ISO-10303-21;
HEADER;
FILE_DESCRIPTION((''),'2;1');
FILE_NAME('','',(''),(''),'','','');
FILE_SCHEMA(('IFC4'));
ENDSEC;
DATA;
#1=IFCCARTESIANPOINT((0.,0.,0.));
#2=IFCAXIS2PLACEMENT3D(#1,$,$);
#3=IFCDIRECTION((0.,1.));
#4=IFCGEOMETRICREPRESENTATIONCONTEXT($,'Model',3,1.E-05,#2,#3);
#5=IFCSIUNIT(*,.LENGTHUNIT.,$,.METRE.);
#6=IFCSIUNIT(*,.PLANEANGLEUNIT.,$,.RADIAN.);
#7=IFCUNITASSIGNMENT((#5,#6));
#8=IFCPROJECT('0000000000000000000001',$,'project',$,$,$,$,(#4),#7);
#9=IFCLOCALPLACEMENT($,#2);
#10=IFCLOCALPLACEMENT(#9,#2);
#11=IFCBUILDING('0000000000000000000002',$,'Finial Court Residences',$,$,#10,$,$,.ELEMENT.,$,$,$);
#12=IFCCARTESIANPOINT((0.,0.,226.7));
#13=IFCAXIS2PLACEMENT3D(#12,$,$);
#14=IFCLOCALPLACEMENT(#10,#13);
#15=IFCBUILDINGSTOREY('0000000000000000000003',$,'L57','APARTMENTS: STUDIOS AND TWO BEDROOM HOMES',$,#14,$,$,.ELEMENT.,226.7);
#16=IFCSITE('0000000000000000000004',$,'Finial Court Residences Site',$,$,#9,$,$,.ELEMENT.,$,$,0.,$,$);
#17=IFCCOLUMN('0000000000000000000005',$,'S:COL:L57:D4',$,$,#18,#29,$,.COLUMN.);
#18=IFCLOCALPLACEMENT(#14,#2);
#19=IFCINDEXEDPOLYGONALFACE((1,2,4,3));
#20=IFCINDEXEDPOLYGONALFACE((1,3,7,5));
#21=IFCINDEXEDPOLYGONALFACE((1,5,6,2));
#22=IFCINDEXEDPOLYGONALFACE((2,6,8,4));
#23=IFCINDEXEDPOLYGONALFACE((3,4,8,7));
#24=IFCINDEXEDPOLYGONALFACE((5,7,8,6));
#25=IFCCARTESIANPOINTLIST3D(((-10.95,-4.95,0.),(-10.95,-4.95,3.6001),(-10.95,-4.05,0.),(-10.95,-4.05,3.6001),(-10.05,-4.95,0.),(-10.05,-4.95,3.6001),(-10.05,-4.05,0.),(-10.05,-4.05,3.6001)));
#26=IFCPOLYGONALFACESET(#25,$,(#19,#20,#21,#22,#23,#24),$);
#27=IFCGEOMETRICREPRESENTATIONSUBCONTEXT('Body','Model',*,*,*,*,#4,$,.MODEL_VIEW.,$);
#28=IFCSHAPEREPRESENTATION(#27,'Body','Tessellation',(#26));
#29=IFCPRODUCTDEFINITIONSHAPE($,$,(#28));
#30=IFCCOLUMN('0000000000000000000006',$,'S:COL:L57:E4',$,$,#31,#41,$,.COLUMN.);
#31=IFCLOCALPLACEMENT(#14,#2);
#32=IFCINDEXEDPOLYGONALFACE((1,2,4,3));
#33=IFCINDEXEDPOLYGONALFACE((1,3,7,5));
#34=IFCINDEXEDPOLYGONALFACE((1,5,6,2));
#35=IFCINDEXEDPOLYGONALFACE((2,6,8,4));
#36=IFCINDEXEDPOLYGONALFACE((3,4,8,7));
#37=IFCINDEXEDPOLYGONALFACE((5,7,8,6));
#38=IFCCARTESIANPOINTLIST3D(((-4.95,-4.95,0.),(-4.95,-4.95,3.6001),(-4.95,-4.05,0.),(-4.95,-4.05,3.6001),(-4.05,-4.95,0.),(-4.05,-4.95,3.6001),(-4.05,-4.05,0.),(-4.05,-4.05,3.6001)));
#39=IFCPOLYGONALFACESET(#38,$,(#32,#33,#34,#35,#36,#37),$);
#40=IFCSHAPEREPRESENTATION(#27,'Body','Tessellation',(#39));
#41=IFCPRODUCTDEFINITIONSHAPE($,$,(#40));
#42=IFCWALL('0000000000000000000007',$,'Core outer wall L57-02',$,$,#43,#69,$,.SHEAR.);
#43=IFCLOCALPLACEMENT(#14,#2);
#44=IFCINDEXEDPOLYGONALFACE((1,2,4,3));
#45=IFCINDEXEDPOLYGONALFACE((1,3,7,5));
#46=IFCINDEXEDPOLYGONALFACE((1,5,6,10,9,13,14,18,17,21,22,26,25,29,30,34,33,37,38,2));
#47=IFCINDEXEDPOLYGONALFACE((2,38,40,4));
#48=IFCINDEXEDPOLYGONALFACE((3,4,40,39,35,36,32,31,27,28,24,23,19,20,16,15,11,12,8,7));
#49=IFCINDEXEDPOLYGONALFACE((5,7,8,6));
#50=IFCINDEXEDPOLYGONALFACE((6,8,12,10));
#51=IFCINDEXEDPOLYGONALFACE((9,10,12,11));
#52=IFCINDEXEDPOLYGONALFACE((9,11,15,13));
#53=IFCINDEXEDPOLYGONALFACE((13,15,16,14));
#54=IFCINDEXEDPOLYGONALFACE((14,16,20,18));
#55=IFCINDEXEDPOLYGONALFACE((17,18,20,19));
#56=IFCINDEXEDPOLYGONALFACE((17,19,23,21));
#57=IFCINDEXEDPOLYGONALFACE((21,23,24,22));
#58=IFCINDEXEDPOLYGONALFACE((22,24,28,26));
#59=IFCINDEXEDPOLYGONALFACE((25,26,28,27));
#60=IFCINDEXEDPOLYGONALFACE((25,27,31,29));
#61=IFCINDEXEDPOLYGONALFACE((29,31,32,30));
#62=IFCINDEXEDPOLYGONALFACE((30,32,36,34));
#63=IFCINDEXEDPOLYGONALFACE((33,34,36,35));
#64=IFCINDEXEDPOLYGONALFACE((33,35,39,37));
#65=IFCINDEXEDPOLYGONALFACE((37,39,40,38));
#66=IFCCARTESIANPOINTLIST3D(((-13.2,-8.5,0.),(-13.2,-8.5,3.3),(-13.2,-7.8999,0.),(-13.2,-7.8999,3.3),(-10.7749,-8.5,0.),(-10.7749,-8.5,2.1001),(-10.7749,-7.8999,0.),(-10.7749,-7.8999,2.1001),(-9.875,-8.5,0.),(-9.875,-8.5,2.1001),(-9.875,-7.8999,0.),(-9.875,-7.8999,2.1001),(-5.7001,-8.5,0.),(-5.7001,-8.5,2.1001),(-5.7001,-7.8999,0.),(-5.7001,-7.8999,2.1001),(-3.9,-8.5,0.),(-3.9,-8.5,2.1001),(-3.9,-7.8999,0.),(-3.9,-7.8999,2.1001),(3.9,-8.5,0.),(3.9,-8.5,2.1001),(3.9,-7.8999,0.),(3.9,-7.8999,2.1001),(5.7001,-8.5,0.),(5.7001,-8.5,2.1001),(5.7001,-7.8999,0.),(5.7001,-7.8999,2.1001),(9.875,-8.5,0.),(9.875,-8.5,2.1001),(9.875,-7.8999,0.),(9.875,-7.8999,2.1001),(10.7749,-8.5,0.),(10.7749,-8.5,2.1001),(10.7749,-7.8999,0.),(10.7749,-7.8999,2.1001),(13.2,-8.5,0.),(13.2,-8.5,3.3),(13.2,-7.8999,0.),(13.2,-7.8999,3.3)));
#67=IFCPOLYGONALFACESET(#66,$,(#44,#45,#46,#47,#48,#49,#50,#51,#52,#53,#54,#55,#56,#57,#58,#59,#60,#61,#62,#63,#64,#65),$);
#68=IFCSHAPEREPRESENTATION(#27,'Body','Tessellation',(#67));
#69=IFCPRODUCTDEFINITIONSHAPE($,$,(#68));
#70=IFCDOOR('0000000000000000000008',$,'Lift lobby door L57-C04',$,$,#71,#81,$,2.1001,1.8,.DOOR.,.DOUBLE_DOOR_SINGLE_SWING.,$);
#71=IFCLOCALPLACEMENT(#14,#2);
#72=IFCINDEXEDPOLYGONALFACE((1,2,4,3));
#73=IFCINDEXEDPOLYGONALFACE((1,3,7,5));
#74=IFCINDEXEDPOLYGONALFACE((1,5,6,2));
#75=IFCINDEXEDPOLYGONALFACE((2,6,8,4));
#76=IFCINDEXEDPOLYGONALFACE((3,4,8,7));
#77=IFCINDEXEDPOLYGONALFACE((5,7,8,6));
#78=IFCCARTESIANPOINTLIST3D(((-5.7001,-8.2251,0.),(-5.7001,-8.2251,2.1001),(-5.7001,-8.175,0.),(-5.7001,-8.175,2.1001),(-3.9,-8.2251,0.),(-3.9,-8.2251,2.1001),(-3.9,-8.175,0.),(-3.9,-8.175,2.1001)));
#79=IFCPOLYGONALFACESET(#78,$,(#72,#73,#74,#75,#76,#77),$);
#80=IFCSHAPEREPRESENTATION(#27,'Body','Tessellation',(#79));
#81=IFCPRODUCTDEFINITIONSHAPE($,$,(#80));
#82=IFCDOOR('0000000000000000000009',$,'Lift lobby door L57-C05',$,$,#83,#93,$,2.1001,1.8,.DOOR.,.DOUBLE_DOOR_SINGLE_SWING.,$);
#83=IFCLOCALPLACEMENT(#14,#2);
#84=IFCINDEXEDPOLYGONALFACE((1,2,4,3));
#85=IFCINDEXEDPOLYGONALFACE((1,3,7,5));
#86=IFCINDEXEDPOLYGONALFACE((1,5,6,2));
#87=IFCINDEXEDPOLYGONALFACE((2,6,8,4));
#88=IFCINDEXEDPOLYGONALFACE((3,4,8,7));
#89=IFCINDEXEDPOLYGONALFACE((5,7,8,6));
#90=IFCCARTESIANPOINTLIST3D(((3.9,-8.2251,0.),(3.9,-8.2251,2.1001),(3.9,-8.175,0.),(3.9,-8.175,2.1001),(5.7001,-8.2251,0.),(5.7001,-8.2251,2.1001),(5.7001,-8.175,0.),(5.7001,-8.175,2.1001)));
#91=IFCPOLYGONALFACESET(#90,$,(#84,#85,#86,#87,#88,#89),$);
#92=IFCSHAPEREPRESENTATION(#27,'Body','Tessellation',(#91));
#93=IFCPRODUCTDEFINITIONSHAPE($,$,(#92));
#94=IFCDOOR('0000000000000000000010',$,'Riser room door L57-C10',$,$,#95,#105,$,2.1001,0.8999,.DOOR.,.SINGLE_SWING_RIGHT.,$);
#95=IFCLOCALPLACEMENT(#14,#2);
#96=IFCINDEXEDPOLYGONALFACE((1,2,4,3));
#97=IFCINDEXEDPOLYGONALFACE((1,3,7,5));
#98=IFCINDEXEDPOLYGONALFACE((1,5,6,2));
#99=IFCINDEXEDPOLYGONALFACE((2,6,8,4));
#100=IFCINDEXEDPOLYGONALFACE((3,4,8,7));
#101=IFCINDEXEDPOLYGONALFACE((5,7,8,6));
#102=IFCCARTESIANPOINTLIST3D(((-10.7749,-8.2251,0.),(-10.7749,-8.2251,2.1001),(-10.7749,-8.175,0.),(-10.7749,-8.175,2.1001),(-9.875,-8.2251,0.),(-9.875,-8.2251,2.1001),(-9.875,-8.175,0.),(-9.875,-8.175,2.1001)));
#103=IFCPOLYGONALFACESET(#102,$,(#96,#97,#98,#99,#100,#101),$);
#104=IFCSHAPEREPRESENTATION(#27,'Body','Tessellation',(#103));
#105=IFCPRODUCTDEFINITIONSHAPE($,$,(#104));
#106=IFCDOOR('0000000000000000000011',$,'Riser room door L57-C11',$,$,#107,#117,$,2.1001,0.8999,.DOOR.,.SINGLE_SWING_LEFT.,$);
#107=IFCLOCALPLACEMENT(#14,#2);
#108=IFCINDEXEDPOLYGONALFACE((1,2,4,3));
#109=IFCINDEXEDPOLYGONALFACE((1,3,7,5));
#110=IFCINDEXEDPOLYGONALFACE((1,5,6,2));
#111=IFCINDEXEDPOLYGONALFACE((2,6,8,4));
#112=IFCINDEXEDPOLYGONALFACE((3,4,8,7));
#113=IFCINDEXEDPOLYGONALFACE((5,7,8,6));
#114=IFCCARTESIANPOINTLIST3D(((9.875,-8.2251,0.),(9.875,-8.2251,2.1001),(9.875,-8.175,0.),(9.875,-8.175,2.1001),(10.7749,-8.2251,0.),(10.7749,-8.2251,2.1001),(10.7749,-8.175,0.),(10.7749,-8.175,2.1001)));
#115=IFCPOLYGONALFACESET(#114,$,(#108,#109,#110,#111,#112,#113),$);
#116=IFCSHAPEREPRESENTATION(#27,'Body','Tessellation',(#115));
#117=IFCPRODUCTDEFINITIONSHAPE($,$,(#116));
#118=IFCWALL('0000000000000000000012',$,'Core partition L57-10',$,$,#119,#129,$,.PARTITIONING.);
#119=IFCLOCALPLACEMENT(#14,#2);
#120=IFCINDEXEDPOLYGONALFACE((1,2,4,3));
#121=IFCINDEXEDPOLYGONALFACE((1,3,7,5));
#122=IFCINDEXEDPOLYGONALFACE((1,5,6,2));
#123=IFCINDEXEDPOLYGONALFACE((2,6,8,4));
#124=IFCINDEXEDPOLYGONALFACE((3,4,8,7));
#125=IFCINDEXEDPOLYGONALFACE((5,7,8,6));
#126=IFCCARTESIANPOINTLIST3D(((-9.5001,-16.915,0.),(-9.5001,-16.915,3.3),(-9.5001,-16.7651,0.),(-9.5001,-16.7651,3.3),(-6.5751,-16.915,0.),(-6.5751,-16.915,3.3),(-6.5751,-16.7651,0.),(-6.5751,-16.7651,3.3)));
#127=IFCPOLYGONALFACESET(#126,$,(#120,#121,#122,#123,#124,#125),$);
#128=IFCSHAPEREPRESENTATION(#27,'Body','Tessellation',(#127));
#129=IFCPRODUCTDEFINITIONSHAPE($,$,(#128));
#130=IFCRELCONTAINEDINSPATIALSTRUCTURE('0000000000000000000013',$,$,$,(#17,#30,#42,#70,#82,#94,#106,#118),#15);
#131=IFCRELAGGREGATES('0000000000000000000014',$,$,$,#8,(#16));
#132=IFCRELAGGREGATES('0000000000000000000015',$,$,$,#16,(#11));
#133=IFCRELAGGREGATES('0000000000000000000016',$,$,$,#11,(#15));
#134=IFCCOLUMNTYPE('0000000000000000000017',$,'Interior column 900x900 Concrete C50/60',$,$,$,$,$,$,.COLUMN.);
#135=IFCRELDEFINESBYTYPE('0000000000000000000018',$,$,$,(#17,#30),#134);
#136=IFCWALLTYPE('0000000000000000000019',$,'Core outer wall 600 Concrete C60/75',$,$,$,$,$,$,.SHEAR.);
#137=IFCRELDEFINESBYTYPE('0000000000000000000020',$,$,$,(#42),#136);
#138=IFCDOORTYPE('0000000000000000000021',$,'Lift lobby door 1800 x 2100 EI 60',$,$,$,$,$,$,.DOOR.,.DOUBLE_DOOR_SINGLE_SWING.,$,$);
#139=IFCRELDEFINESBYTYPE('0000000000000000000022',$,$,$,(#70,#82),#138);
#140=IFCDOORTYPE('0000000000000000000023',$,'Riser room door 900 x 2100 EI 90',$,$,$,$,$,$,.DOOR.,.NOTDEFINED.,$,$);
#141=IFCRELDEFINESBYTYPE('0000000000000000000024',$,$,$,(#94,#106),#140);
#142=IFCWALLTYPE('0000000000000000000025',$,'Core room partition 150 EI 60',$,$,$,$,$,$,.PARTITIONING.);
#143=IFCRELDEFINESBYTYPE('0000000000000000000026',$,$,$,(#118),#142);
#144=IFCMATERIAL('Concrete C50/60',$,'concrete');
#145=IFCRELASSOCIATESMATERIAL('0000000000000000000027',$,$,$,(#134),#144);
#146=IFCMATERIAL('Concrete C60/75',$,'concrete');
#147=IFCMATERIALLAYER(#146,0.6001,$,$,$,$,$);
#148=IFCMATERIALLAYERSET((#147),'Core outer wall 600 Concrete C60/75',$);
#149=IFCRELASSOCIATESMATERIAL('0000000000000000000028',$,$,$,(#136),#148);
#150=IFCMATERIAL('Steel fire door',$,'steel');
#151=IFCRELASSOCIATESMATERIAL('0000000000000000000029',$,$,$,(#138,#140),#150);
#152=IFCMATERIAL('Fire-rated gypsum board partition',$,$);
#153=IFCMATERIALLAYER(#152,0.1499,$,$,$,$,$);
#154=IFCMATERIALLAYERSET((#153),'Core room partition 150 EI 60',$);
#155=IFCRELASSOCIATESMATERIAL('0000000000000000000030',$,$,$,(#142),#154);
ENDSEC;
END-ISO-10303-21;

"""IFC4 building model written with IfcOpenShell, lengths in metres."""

from ifc_helpers import new_model, si_unit, direction, frame, frame_2d, origin, origin_2d, place, context, subcontext, project, spatial, rectangle, extrude, material, layer, layer_set, material_profile, profile_set, type_object, element, fill, save


model = new_model("IFC4")

# Units and contexts
model_context = context("Model", 3, precision=1e-05, world=origin(), true_north=direction((0.0, 1.0)))
body_context = subcontext(model_context, "Body", "Model", "MODEL_VIEW")
ifc_project = project(units=[si_unit("LENGTHUNIT", "METRE"), si_unit("PLANEANGLEUNIT", "RADIAN")], contexts=[model_context])

# Site, building, storey
site_placement = place(None, origin())
site = spatial("IfcSite", under=ifc_project, at=site_placement, Name="Finial Court Residences Site", CompositionType="ELEMENT", RefElevation=0.0)
building_placement = place(site_placement, origin())
building = spatial("IfcBuilding", under=site, at=building_placement, Name="Finial Court Residences", CompositionType="ELEMENT")
storey_placement = place(building_placement, frame((0.0, 0.0, 226.7)))
storey = spatial("IfcBuildingStorey", under=building, at=storey_placement, Name="L57", Description="APARTMENTS: STUDIOS AND TWO BEDROOM HOMES", CompositionType="ELEMENT", Elevation=226.7)

# Columns
ifc_material_1 = material(Name="Concrete C50/60", Category="concrete")
ifc_material_profile = material_profile(ifc_material_1, rectangle(XDim=0.8999, YDim=0.8999, at=origin_2d()), Name="900x900")
ifc_profile_set = profile_set([ifc_material_profile], Name="Concrete C50/60")
column_type = type_object("IfcColumnType", Name="Interior column 900x900 Concrete C50/60", PredefinedType="COLUMN", material=ifc_profile_set)
for number, where, z_axis, x_axis, name in (
    (1, (-10.5, -4.5, 0.0), (0.0, 0.0, 1.0), (1.0, 0.0, 0.0), "S:COL:L57:D4"),
    (2, (-4.5, -4.5, 0.0), (0.0, 0.0, 1.0), (1.0, 0.0, 0.0), "S:COL:L57:E4"),
):
    element("IfcColumn", number, at=place(storey_placement, frame(where, z_axis=z_axis, x_axis=x_axis)), inside=storey, type_object=column_type, Name=name, PredefinedType="COLUMN", context=body_context, shape_type="SweptSolid", body=[
        extrude(rectangle(XDim=0.8999, YDim=0.8999, at=origin_2d()), origin(), (0.0, 0.0, 1.0), 3.6001),
    ])

# Wall, openings, doors
ifc_material_2 = material(Name="Concrete C60/75", Category="concrete")
ifc_layer_1 = layer(ifc_material_2, 0.6001)
ifc_layer_set_1 = layer_set([ifc_layer_1], Name="Core outer wall 600 Concrete C60/75")
wall_type_1 = type_object("IfcWallType", Name="Core outer wall 600 Concrete C60/75", PredefinedType="SHEAR", material=ifc_layer_set_1)
wall_1_placement = place(storey_placement, frame((-13.2, -8.2, 0.0), z_axis=(0.0, 0.0, 1.0), x_axis=(1.0, 0.0, 0.0)))
wall_1 = element("IfcWall", 3, at=wall_1_placement, inside=storey, type_object=wall_type_1, Name="Core outer wall L57-02", PredefinedType="SHEAR", context=body_context, shape_type="SweptSolid", body=[
    extrude(rectangle(XDim=26.3999, YDim=0.6001, at=frame_2d((13.2, 0.0))), origin(), (0.0, 0.0, 1.0), 3.3),
])
opening_1_placement = place(wall_1_placement, frame((7.5, 0.0, 0.0)))
opening_1 = element("IfcOpeningElement", 4, at=opening_1_placement, cuts=wall_1, PredefinedType="OPENING", context=body_context, shape_type="SweptSolid", body=[
    extrude(rectangle(XDim=1.8, YDim=2.1001, at=frame_2d((0.8999, 1.05))), frame((0.0, 0.3101, 0.0), z_axis=(0.0, -1.0, 0.0), x_axis=(1.0, 0.0, 0.0)), (0.0, 0.0, 1.0), 0.6201),
])
opening_2_placement = place(wall_1_placement, frame((17.1001, 0.0, 0.0)))
opening_2 = element("IfcOpeningElement", 5, at=opening_2_placement, cuts=wall_1, PredefinedType="OPENING", context=body_context, shape_type="SweptSolid", body=[
    extrude(rectangle(XDim=1.8, YDim=2.1001, at=frame_2d((0.8999, 1.05))), frame((0.0, 0.3101, 0.0), z_axis=(0.0, -1.0, 0.0), x_axis=(1.0, 0.0, 0.0)), (0.0, 0.0, 1.0), 0.6201),
])
opening_3_placement = place(wall_1_placement, frame((2.425, 0.0, 0.0)))
opening_3 = element("IfcOpeningElement", 6, at=opening_3_placement, cuts=wall_1, PredefinedType="OPENING", context=body_context, shape_type="SweptSolid", body=[
    extrude(rectangle(XDim=0.8999, YDim=2.1001, at=frame_2d((0.45, 1.05))), frame((0.0, 0.3101, 0.0), z_axis=(0.0, -1.0, 0.0), x_axis=(1.0, 0.0, 0.0)), (0.0, 0.0, 1.0), 0.6201),
])
opening_4_placement = place(wall_1_placement, frame((23.075, 0.0, 0.0)))
opening_4 = element("IfcOpeningElement", 7, at=opening_4_placement, cuts=wall_1, PredefinedType="OPENING", context=body_context, shape_type="SweptSolid", body=[
    extrude(rectangle(XDim=0.8999, YDim=2.1001, at=frame_2d((0.45, 1.05))), frame((0.0, 0.3101, 0.0), z_axis=(0.0, -1.0, 0.0), x_axis=(1.0, 0.0, 0.0)), (0.0, 0.0, 1.0), 0.6201),
])
ifc_material_3 = material(Name="Steel fire door", Category="steel")
door_type_1 = type_object("IfcDoorType", Name="Lift lobby door 1800 x 2100 EI 60", OperationType="DOUBLE_DOOR_SINGLE_SWING", PredefinedType="DOOR", material=ifc_material_3)
door_1_placement = place(opening_1_placement, origin())
door_1 = element("IfcDoor", 8, at=door_1_placement, inside=storey, type_object=door_type_1, Name="Lift lobby door L57-C04", OperationType="DOUBLE_DOOR_SINGLE_SWING", OverallHeight=2.1001, OverallWidth=1.8, PredefinedType="DOOR", context=body_context, shape_type="SweptSolid", body=[
    extrude(rectangle(XDim=1.8, YDim=2.1001, at=frame_2d((0.8999, 1.05))), frame((0.0, 0.0249, 0.0), z_axis=(0.0, -1.0, 0.0), x_axis=(1.0, 0.0, 0.0)), (0.0, 0.0, 1.0), 0.05),
])
fill(opening_1, door_1)
door_2_placement = place(opening_2_placement, origin())
door_2 = element("IfcDoor", 9, at=door_2_placement, inside=storey, type_object=door_type_1, Name="Lift lobby door L57-C05", OperationType="DOUBLE_DOOR_SINGLE_SWING", OverallHeight=2.1001, OverallWidth=1.8, PredefinedType="DOOR", context=body_context, shape_type="SweptSolid", body=[
    extrude(rectangle(XDim=1.8, YDim=2.1001, at=frame_2d((0.8999, 1.05))), frame((0.0, 0.0249, 0.0), z_axis=(0.0, -1.0, 0.0), x_axis=(1.0, 0.0, 0.0)), (0.0, 0.0, 1.0), 0.05),
])
fill(opening_2, door_2)
door_type_2 = type_object("IfcDoorType", Name="Riser room door 900 x 2100 EI 90", OperationType="NOTDEFINED", PredefinedType="DOOR", material=ifc_material_3)
door_3_placement = place(opening_3_placement, origin())
door_3 = element("IfcDoor", 10, at=door_3_placement, inside=storey, type_object=door_type_2, Name="Riser room door L57-C10", OperationType="SINGLE_SWING_RIGHT", OverallHeight=2.1001, OverallWidth=0.8999, PredefinedType="DOOR", context=body_context, shape_type="SweptSolid", body=[
    extrude(rectangle(XDim=0.8999, YDim=2.1001, at=frame_2d((0.45, 1.05))), frame((0.0, 0.0249, 0.0), z_axis=(0.0, -1.0, 0.0), x_axis=(1.0, 0.0, 0.0)), (0.0, 0.0, 1.0), 0.05),
])
fill(opening_3, door_3)
door_4_placement = place(opening_4_placement, origin())
door_4 = element("IfcDoor", 11, at=door_4_placement, inside=storey, type_object=door_type_2, Name="Riser room door L57-C11", OperationType="SINGLE_SWING_LEFT", OverallHeight=2.1001, OverallWidth=0.8999, PredefinedType="DOOR", context=body_context, shape_type="SweptSolid", body=[
    extrude(rectangle(XDim=0.8999, YDim=2.1001, at=frame_2d((0.45, 1.05))), frame((0.0, 0.0249, 0.0), z_axis=(0.0, -1.0, 0.0), x_axis=(1.0, 0.0, 0.0)), (0.0, 0.0, 1.0), 0.05),
])
fill(opening_4, door_4)

# Wall
ifc_material_4 = material(Name="Fire-rated gypsum board partition")
ifc_layer_2 = layer(ifc_material_4, 0.1499)
ifc_layer_set_2 = layer_set([ifc_layer_2], Name="Core room partition 150 EI 60")
wall_type_2 = type_object("IfcWallType", Name="Core room partition 150 EI 60", PredefinedType="PARTITIONING", material=ifc_layer_set_2)
wall_2_placement = place(storey_placement, frame((-9.5, -16.8401, 0.0), z_axis=(0.0, 0.0, 1.0), x_axis=(1.0, 0.0, 0.0)))
element("IfcWall", 12, at=wall_2_placement, inside=storey, type_object=wall_type_2, Name="Core partition L57-10", PredefinedType="PARTITIONING", context=body_context, shape_type="SweptSolid", body=[
    extrude(rectangle(XDim=2.925, YDim=0.1499, at=frame_2d((1.4624, 0.0))), origin(), (0.0, 0.0, 1.0), 3.3),
])

save(model, "model.ifc")
